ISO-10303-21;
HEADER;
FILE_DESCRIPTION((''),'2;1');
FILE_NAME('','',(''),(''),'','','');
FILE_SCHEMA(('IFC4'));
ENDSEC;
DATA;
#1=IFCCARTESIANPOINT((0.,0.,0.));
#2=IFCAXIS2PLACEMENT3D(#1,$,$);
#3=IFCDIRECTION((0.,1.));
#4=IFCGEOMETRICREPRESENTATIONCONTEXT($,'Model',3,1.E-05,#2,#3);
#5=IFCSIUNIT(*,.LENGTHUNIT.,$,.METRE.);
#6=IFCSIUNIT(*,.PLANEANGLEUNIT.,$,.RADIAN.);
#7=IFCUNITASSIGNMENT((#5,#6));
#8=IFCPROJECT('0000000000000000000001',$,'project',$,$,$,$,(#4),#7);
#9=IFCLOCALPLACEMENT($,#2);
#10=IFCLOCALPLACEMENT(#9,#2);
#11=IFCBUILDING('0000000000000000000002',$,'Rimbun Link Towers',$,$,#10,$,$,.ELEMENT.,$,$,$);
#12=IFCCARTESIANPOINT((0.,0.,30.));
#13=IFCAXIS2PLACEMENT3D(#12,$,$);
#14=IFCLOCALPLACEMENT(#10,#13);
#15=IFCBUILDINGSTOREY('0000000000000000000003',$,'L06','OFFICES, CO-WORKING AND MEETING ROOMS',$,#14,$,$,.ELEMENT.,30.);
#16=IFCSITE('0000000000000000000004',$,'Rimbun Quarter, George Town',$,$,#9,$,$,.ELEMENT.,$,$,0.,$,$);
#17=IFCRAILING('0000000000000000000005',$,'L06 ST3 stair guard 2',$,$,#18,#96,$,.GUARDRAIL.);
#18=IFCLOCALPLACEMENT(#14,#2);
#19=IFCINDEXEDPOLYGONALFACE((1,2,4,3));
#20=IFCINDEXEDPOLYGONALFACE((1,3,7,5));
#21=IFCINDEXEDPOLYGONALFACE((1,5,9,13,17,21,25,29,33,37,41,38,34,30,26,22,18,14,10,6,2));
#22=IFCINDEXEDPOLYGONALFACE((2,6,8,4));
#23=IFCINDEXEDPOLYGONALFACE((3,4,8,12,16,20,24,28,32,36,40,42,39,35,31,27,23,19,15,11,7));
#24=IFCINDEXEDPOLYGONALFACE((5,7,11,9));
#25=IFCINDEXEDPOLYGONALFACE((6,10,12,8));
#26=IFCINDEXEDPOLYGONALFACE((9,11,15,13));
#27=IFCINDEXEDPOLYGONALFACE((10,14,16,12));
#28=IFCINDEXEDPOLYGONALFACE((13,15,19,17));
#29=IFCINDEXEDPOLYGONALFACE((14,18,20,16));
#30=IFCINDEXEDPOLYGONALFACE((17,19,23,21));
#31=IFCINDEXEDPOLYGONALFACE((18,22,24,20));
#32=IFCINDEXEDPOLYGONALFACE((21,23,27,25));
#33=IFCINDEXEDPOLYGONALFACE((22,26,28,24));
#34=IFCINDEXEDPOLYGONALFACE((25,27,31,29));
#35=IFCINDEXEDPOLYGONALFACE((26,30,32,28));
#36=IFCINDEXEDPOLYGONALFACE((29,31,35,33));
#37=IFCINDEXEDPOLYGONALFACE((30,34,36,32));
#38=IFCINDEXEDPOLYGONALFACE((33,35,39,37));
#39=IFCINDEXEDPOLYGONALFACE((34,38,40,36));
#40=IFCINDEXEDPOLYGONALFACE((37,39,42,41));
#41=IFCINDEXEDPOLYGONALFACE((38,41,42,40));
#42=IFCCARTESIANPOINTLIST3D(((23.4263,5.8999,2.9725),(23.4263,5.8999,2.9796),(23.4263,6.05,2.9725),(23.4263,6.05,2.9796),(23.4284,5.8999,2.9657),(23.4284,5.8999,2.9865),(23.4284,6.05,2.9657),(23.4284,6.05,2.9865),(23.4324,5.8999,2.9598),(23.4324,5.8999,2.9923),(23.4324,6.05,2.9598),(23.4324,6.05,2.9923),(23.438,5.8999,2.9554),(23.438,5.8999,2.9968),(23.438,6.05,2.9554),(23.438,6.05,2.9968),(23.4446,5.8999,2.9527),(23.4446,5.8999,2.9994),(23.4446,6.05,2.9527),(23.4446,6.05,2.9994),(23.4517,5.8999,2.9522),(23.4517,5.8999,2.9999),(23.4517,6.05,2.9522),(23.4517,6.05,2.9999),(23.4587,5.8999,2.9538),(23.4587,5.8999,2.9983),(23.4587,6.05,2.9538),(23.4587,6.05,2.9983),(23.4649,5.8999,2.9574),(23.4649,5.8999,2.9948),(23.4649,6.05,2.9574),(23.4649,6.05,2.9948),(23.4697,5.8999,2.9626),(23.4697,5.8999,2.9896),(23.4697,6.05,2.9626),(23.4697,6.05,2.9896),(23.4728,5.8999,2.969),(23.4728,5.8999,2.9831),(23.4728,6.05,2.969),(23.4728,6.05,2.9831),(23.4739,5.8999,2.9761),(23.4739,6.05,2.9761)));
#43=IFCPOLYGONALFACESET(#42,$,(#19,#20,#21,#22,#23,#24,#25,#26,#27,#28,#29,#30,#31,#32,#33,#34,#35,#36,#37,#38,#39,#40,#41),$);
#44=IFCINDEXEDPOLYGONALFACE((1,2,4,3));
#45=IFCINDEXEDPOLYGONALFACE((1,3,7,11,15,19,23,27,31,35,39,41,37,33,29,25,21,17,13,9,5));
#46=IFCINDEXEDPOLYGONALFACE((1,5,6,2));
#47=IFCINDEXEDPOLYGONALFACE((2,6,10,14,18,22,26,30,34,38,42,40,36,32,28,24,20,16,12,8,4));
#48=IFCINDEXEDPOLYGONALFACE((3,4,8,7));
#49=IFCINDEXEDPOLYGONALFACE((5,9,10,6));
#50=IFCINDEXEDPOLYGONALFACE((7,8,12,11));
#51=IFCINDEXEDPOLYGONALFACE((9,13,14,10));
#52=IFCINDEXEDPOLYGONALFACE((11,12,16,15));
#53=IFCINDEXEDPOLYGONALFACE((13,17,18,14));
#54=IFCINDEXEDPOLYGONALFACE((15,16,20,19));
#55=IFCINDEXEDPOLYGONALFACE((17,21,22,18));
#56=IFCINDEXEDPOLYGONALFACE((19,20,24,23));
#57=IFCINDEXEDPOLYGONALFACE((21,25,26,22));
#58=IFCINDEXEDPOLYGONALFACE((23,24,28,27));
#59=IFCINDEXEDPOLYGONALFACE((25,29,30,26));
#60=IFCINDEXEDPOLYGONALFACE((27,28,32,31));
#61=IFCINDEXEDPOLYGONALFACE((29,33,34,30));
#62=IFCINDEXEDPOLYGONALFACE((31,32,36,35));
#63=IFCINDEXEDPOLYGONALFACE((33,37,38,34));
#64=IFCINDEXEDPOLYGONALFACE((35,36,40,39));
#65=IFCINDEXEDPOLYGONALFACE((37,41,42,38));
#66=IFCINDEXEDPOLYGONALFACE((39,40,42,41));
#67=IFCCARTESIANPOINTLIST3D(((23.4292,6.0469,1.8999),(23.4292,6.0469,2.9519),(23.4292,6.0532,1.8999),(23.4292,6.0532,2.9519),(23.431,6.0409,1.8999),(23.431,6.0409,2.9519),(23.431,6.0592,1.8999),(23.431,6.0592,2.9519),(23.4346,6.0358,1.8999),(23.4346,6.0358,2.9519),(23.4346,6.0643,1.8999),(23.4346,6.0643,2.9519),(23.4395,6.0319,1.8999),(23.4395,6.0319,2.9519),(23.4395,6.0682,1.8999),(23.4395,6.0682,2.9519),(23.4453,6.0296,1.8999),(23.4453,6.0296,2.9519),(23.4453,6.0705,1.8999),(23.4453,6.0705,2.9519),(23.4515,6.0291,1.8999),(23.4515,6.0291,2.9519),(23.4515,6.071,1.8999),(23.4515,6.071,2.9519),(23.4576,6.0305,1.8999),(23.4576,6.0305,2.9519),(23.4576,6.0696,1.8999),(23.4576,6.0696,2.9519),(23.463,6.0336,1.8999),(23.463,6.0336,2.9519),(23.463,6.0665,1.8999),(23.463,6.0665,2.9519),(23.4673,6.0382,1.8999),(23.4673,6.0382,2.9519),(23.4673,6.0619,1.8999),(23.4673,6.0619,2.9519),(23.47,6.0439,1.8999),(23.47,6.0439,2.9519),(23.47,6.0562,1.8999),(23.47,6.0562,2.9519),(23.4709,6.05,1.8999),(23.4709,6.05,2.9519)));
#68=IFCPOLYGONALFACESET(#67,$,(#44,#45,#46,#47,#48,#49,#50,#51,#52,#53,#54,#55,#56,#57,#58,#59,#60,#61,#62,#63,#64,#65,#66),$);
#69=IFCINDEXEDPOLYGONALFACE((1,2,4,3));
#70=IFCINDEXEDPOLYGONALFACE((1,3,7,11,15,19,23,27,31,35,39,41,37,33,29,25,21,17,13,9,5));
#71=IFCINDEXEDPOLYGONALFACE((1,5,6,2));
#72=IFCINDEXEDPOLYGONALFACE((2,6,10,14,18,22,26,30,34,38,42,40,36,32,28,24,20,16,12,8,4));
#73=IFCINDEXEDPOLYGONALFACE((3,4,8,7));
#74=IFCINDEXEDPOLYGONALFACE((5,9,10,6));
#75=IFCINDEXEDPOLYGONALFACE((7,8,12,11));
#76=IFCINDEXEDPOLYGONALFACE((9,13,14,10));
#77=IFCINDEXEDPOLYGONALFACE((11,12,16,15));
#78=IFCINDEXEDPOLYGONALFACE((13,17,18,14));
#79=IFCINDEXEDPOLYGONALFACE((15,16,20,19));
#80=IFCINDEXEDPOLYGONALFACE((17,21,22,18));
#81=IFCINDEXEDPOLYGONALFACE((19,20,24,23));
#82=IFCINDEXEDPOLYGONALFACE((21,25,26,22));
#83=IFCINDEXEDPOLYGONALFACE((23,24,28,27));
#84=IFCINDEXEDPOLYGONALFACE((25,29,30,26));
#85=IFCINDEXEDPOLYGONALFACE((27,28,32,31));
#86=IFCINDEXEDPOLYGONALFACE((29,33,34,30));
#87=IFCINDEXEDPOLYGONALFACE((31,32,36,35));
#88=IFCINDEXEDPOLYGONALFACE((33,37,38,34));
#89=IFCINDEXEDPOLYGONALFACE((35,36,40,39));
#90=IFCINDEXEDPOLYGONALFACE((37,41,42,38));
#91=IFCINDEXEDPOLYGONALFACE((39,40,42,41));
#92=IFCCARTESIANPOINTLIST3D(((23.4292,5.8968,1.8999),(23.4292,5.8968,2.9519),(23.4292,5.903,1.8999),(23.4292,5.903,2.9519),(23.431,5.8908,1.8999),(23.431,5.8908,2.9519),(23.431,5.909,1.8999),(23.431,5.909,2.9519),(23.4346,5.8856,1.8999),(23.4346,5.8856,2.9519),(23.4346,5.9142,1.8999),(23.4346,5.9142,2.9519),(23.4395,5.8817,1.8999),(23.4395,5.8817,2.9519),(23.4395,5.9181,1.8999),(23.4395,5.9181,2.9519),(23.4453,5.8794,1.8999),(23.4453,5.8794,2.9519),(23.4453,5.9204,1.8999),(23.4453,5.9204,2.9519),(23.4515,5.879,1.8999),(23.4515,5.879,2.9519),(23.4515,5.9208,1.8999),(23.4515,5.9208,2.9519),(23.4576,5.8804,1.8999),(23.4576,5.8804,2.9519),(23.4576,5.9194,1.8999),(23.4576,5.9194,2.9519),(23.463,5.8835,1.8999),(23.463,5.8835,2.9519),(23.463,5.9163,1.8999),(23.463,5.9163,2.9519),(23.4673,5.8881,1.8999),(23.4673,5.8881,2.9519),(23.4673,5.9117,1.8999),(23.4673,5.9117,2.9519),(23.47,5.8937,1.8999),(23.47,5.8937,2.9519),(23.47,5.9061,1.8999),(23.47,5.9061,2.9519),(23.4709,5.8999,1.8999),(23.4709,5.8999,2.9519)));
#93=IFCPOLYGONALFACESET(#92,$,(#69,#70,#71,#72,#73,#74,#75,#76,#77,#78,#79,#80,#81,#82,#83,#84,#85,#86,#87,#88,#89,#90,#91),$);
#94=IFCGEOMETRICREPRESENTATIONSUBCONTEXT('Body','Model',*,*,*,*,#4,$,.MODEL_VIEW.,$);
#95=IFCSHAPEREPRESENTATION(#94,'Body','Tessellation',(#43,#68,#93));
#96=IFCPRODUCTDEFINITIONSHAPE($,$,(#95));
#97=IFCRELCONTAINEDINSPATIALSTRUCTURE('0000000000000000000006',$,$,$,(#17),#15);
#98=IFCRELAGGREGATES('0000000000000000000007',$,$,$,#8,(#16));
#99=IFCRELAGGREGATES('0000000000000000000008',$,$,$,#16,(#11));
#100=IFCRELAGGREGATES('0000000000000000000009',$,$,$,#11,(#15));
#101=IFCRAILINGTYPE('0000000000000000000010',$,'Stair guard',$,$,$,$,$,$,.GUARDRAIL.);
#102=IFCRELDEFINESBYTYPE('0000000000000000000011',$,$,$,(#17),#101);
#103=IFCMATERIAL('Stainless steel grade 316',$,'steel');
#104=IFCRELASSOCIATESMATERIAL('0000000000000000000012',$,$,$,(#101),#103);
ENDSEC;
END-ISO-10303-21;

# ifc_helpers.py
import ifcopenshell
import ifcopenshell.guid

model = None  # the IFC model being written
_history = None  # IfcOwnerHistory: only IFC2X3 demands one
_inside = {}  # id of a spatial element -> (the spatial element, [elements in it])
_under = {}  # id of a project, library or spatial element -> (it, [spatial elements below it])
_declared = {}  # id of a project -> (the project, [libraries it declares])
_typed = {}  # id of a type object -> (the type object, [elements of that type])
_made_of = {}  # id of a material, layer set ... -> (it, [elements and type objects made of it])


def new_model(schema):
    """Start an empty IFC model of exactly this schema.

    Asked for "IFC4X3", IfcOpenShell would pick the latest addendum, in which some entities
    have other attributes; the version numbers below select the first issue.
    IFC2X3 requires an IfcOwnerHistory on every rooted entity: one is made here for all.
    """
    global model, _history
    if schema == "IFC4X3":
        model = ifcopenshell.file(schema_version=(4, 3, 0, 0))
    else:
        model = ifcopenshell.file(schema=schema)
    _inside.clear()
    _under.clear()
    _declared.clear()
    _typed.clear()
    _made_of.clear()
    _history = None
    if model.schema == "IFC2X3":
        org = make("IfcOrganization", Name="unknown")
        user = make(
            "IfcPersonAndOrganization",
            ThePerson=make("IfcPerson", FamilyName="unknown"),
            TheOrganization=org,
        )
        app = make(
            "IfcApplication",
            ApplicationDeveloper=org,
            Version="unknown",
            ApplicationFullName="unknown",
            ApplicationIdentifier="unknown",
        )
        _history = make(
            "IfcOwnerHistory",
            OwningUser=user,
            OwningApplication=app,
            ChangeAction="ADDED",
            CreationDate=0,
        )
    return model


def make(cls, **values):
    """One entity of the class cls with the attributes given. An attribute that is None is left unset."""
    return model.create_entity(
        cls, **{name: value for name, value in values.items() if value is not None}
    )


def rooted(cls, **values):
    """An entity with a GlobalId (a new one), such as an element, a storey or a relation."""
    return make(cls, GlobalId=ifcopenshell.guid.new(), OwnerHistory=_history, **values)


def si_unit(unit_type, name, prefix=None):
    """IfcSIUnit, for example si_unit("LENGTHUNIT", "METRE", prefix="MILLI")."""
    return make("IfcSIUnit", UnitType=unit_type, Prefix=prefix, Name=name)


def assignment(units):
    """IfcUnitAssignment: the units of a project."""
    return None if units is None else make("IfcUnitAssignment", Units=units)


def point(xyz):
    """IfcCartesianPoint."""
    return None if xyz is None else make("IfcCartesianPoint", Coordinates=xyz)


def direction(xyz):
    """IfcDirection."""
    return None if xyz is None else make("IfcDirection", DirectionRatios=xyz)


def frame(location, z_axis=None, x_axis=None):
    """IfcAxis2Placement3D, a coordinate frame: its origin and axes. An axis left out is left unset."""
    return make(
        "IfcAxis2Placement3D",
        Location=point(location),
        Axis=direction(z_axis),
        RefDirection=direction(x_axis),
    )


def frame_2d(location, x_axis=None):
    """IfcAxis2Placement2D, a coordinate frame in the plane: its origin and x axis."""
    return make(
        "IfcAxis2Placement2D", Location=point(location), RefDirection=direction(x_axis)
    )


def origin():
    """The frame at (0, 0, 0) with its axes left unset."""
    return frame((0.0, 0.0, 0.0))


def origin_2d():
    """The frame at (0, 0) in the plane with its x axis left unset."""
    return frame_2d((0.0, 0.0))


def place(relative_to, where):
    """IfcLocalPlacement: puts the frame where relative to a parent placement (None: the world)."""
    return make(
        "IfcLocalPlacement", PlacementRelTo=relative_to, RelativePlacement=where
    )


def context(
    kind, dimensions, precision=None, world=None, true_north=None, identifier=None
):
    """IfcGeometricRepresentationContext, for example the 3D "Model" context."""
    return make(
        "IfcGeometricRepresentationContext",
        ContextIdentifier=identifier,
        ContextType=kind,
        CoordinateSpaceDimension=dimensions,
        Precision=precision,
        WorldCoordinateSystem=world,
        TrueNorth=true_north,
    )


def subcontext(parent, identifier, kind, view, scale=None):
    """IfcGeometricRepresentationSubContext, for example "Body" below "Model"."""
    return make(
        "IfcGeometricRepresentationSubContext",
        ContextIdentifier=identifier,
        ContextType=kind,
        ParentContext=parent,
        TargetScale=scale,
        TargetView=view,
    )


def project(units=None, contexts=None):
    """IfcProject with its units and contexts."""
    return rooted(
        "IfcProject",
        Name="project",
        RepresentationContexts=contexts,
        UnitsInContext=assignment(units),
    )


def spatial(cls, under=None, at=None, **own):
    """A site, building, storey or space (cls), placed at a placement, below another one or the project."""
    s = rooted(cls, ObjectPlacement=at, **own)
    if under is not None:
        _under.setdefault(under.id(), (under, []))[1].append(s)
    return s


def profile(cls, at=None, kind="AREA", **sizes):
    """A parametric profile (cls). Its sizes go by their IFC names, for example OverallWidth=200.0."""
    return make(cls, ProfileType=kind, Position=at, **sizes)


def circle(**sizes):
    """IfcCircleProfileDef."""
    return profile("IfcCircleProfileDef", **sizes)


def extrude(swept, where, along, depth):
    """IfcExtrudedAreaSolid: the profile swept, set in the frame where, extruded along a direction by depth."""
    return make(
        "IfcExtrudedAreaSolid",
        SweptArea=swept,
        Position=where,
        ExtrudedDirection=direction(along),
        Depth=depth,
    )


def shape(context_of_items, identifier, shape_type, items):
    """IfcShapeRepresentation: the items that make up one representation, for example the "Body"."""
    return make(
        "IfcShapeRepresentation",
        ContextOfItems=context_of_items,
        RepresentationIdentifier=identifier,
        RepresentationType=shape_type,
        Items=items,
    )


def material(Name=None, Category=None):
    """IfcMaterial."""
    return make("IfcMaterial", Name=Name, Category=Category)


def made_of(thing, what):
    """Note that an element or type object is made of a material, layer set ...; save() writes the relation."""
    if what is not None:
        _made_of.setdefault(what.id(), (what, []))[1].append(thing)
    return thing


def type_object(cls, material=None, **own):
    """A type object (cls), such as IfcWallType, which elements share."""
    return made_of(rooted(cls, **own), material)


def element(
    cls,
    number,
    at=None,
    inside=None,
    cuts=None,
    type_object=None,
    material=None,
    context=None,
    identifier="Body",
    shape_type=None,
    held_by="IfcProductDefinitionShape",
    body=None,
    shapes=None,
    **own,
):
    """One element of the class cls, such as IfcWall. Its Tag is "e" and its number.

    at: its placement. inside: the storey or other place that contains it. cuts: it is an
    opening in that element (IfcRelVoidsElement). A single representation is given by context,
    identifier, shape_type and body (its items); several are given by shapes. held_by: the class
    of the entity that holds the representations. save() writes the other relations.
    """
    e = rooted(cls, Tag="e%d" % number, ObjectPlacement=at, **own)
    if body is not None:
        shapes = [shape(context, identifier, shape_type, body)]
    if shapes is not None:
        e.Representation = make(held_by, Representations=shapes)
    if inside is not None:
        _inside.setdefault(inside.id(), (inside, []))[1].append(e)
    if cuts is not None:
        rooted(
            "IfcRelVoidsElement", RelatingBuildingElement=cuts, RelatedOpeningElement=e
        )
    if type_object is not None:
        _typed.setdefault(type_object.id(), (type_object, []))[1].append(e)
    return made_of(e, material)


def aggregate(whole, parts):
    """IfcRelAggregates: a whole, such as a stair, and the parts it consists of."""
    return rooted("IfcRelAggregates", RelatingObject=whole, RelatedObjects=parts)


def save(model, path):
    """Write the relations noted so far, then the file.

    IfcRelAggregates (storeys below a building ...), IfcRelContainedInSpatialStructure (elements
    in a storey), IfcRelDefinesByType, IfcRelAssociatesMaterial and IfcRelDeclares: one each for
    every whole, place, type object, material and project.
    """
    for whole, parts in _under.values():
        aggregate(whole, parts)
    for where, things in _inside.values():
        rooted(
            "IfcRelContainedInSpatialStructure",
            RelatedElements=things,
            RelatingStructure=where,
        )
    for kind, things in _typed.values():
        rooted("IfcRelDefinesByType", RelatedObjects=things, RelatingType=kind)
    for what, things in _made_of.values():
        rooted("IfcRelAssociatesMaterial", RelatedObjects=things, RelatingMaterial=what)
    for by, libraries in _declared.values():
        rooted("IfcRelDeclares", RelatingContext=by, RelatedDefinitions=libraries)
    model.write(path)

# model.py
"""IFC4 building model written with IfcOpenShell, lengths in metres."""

from ifc_helpers import new_model, si_unit, direction, frame, origin, origin_2d, place, context, subcontext, project, spatial, circle, extrude, material, type_object, element, save


model = new_model("IFC4")

# Units and contexts
model_context = context("Model", 3, precision=1e-05, world=origin(), true_north=direction((0.0, 1.0)))
body_context = subcontext(model_context, "Body", "Model", "MODEL_VIEW")
ifc_project = project(units=[si_unit("LENGTHUNIT", "METRE"), si_unit("PLANEANGLEUNIT", "RADIAN")], contexts=[model_context])

# Site, building, storey
site_placement = place(None, origin())
site = spatial("IfcSite", under=ifc_project, at=site_placement, Name="Rimbun Quarter, George Town", CompositionType="ELEMENT", RefElevation=0.0)
building_placement = place(site_placement, origin())
building = spatial("IfcBuilding", under=site, at=building_placement, Name="Rimbun Link Towers", CompositionType="ELEMENT")
storey_placement = place(building_placement, frame((0.0, 0.0, 30.0)))
storey = spatial("IfcBuildingStorey", under=building, at=storey_placement, Name="L06", Description="OFFICES, CO-WORKING AND MEETING ROOMS", CompositionType="ELEMENT", Elevation=30.0)

# Railing
ifc_material_1 = material(Name="Stainless steel grade 316", Category="steel")
railing_type_1 = type_object("IfcRailingType", Name="Stair guard", PredefinedType="GUARDRAIL", material=ifc_material_1)
railing_1_placement = place(storey_placement, frame((23.45, 6.05, 1.8999)))
element("IfcRailing", 1, at=railing_1_placement, inside=storey, type_object=railing_type_1, Name="L06 ST3 stair guard 2", PredefinedType="GUARDRAIL", context=body_context, shape_type="SweptSolid", body=[
    extrude(circle(Radius=0.0239, at=origin_2d()), frame((0.0, 0.0, 1.0762), z_axis=(0.0, -1.0, 0.0), x_axis=(1.0, 0.0, 0.0)), (0.0, 0.0, 1.0), 0.1501),
    extrude(circle(Radius=0.021, at=origin_2d()), origin(), (0.0, 0.0, 1.0), 1.052),
    extrude(circle(Radius=0.021, at=origin_2d()), frame((0.0, -0.1501, 0.0)), (0.0, 0.0, 1.0), 1.052),
])

save(model, "model.ifc")
